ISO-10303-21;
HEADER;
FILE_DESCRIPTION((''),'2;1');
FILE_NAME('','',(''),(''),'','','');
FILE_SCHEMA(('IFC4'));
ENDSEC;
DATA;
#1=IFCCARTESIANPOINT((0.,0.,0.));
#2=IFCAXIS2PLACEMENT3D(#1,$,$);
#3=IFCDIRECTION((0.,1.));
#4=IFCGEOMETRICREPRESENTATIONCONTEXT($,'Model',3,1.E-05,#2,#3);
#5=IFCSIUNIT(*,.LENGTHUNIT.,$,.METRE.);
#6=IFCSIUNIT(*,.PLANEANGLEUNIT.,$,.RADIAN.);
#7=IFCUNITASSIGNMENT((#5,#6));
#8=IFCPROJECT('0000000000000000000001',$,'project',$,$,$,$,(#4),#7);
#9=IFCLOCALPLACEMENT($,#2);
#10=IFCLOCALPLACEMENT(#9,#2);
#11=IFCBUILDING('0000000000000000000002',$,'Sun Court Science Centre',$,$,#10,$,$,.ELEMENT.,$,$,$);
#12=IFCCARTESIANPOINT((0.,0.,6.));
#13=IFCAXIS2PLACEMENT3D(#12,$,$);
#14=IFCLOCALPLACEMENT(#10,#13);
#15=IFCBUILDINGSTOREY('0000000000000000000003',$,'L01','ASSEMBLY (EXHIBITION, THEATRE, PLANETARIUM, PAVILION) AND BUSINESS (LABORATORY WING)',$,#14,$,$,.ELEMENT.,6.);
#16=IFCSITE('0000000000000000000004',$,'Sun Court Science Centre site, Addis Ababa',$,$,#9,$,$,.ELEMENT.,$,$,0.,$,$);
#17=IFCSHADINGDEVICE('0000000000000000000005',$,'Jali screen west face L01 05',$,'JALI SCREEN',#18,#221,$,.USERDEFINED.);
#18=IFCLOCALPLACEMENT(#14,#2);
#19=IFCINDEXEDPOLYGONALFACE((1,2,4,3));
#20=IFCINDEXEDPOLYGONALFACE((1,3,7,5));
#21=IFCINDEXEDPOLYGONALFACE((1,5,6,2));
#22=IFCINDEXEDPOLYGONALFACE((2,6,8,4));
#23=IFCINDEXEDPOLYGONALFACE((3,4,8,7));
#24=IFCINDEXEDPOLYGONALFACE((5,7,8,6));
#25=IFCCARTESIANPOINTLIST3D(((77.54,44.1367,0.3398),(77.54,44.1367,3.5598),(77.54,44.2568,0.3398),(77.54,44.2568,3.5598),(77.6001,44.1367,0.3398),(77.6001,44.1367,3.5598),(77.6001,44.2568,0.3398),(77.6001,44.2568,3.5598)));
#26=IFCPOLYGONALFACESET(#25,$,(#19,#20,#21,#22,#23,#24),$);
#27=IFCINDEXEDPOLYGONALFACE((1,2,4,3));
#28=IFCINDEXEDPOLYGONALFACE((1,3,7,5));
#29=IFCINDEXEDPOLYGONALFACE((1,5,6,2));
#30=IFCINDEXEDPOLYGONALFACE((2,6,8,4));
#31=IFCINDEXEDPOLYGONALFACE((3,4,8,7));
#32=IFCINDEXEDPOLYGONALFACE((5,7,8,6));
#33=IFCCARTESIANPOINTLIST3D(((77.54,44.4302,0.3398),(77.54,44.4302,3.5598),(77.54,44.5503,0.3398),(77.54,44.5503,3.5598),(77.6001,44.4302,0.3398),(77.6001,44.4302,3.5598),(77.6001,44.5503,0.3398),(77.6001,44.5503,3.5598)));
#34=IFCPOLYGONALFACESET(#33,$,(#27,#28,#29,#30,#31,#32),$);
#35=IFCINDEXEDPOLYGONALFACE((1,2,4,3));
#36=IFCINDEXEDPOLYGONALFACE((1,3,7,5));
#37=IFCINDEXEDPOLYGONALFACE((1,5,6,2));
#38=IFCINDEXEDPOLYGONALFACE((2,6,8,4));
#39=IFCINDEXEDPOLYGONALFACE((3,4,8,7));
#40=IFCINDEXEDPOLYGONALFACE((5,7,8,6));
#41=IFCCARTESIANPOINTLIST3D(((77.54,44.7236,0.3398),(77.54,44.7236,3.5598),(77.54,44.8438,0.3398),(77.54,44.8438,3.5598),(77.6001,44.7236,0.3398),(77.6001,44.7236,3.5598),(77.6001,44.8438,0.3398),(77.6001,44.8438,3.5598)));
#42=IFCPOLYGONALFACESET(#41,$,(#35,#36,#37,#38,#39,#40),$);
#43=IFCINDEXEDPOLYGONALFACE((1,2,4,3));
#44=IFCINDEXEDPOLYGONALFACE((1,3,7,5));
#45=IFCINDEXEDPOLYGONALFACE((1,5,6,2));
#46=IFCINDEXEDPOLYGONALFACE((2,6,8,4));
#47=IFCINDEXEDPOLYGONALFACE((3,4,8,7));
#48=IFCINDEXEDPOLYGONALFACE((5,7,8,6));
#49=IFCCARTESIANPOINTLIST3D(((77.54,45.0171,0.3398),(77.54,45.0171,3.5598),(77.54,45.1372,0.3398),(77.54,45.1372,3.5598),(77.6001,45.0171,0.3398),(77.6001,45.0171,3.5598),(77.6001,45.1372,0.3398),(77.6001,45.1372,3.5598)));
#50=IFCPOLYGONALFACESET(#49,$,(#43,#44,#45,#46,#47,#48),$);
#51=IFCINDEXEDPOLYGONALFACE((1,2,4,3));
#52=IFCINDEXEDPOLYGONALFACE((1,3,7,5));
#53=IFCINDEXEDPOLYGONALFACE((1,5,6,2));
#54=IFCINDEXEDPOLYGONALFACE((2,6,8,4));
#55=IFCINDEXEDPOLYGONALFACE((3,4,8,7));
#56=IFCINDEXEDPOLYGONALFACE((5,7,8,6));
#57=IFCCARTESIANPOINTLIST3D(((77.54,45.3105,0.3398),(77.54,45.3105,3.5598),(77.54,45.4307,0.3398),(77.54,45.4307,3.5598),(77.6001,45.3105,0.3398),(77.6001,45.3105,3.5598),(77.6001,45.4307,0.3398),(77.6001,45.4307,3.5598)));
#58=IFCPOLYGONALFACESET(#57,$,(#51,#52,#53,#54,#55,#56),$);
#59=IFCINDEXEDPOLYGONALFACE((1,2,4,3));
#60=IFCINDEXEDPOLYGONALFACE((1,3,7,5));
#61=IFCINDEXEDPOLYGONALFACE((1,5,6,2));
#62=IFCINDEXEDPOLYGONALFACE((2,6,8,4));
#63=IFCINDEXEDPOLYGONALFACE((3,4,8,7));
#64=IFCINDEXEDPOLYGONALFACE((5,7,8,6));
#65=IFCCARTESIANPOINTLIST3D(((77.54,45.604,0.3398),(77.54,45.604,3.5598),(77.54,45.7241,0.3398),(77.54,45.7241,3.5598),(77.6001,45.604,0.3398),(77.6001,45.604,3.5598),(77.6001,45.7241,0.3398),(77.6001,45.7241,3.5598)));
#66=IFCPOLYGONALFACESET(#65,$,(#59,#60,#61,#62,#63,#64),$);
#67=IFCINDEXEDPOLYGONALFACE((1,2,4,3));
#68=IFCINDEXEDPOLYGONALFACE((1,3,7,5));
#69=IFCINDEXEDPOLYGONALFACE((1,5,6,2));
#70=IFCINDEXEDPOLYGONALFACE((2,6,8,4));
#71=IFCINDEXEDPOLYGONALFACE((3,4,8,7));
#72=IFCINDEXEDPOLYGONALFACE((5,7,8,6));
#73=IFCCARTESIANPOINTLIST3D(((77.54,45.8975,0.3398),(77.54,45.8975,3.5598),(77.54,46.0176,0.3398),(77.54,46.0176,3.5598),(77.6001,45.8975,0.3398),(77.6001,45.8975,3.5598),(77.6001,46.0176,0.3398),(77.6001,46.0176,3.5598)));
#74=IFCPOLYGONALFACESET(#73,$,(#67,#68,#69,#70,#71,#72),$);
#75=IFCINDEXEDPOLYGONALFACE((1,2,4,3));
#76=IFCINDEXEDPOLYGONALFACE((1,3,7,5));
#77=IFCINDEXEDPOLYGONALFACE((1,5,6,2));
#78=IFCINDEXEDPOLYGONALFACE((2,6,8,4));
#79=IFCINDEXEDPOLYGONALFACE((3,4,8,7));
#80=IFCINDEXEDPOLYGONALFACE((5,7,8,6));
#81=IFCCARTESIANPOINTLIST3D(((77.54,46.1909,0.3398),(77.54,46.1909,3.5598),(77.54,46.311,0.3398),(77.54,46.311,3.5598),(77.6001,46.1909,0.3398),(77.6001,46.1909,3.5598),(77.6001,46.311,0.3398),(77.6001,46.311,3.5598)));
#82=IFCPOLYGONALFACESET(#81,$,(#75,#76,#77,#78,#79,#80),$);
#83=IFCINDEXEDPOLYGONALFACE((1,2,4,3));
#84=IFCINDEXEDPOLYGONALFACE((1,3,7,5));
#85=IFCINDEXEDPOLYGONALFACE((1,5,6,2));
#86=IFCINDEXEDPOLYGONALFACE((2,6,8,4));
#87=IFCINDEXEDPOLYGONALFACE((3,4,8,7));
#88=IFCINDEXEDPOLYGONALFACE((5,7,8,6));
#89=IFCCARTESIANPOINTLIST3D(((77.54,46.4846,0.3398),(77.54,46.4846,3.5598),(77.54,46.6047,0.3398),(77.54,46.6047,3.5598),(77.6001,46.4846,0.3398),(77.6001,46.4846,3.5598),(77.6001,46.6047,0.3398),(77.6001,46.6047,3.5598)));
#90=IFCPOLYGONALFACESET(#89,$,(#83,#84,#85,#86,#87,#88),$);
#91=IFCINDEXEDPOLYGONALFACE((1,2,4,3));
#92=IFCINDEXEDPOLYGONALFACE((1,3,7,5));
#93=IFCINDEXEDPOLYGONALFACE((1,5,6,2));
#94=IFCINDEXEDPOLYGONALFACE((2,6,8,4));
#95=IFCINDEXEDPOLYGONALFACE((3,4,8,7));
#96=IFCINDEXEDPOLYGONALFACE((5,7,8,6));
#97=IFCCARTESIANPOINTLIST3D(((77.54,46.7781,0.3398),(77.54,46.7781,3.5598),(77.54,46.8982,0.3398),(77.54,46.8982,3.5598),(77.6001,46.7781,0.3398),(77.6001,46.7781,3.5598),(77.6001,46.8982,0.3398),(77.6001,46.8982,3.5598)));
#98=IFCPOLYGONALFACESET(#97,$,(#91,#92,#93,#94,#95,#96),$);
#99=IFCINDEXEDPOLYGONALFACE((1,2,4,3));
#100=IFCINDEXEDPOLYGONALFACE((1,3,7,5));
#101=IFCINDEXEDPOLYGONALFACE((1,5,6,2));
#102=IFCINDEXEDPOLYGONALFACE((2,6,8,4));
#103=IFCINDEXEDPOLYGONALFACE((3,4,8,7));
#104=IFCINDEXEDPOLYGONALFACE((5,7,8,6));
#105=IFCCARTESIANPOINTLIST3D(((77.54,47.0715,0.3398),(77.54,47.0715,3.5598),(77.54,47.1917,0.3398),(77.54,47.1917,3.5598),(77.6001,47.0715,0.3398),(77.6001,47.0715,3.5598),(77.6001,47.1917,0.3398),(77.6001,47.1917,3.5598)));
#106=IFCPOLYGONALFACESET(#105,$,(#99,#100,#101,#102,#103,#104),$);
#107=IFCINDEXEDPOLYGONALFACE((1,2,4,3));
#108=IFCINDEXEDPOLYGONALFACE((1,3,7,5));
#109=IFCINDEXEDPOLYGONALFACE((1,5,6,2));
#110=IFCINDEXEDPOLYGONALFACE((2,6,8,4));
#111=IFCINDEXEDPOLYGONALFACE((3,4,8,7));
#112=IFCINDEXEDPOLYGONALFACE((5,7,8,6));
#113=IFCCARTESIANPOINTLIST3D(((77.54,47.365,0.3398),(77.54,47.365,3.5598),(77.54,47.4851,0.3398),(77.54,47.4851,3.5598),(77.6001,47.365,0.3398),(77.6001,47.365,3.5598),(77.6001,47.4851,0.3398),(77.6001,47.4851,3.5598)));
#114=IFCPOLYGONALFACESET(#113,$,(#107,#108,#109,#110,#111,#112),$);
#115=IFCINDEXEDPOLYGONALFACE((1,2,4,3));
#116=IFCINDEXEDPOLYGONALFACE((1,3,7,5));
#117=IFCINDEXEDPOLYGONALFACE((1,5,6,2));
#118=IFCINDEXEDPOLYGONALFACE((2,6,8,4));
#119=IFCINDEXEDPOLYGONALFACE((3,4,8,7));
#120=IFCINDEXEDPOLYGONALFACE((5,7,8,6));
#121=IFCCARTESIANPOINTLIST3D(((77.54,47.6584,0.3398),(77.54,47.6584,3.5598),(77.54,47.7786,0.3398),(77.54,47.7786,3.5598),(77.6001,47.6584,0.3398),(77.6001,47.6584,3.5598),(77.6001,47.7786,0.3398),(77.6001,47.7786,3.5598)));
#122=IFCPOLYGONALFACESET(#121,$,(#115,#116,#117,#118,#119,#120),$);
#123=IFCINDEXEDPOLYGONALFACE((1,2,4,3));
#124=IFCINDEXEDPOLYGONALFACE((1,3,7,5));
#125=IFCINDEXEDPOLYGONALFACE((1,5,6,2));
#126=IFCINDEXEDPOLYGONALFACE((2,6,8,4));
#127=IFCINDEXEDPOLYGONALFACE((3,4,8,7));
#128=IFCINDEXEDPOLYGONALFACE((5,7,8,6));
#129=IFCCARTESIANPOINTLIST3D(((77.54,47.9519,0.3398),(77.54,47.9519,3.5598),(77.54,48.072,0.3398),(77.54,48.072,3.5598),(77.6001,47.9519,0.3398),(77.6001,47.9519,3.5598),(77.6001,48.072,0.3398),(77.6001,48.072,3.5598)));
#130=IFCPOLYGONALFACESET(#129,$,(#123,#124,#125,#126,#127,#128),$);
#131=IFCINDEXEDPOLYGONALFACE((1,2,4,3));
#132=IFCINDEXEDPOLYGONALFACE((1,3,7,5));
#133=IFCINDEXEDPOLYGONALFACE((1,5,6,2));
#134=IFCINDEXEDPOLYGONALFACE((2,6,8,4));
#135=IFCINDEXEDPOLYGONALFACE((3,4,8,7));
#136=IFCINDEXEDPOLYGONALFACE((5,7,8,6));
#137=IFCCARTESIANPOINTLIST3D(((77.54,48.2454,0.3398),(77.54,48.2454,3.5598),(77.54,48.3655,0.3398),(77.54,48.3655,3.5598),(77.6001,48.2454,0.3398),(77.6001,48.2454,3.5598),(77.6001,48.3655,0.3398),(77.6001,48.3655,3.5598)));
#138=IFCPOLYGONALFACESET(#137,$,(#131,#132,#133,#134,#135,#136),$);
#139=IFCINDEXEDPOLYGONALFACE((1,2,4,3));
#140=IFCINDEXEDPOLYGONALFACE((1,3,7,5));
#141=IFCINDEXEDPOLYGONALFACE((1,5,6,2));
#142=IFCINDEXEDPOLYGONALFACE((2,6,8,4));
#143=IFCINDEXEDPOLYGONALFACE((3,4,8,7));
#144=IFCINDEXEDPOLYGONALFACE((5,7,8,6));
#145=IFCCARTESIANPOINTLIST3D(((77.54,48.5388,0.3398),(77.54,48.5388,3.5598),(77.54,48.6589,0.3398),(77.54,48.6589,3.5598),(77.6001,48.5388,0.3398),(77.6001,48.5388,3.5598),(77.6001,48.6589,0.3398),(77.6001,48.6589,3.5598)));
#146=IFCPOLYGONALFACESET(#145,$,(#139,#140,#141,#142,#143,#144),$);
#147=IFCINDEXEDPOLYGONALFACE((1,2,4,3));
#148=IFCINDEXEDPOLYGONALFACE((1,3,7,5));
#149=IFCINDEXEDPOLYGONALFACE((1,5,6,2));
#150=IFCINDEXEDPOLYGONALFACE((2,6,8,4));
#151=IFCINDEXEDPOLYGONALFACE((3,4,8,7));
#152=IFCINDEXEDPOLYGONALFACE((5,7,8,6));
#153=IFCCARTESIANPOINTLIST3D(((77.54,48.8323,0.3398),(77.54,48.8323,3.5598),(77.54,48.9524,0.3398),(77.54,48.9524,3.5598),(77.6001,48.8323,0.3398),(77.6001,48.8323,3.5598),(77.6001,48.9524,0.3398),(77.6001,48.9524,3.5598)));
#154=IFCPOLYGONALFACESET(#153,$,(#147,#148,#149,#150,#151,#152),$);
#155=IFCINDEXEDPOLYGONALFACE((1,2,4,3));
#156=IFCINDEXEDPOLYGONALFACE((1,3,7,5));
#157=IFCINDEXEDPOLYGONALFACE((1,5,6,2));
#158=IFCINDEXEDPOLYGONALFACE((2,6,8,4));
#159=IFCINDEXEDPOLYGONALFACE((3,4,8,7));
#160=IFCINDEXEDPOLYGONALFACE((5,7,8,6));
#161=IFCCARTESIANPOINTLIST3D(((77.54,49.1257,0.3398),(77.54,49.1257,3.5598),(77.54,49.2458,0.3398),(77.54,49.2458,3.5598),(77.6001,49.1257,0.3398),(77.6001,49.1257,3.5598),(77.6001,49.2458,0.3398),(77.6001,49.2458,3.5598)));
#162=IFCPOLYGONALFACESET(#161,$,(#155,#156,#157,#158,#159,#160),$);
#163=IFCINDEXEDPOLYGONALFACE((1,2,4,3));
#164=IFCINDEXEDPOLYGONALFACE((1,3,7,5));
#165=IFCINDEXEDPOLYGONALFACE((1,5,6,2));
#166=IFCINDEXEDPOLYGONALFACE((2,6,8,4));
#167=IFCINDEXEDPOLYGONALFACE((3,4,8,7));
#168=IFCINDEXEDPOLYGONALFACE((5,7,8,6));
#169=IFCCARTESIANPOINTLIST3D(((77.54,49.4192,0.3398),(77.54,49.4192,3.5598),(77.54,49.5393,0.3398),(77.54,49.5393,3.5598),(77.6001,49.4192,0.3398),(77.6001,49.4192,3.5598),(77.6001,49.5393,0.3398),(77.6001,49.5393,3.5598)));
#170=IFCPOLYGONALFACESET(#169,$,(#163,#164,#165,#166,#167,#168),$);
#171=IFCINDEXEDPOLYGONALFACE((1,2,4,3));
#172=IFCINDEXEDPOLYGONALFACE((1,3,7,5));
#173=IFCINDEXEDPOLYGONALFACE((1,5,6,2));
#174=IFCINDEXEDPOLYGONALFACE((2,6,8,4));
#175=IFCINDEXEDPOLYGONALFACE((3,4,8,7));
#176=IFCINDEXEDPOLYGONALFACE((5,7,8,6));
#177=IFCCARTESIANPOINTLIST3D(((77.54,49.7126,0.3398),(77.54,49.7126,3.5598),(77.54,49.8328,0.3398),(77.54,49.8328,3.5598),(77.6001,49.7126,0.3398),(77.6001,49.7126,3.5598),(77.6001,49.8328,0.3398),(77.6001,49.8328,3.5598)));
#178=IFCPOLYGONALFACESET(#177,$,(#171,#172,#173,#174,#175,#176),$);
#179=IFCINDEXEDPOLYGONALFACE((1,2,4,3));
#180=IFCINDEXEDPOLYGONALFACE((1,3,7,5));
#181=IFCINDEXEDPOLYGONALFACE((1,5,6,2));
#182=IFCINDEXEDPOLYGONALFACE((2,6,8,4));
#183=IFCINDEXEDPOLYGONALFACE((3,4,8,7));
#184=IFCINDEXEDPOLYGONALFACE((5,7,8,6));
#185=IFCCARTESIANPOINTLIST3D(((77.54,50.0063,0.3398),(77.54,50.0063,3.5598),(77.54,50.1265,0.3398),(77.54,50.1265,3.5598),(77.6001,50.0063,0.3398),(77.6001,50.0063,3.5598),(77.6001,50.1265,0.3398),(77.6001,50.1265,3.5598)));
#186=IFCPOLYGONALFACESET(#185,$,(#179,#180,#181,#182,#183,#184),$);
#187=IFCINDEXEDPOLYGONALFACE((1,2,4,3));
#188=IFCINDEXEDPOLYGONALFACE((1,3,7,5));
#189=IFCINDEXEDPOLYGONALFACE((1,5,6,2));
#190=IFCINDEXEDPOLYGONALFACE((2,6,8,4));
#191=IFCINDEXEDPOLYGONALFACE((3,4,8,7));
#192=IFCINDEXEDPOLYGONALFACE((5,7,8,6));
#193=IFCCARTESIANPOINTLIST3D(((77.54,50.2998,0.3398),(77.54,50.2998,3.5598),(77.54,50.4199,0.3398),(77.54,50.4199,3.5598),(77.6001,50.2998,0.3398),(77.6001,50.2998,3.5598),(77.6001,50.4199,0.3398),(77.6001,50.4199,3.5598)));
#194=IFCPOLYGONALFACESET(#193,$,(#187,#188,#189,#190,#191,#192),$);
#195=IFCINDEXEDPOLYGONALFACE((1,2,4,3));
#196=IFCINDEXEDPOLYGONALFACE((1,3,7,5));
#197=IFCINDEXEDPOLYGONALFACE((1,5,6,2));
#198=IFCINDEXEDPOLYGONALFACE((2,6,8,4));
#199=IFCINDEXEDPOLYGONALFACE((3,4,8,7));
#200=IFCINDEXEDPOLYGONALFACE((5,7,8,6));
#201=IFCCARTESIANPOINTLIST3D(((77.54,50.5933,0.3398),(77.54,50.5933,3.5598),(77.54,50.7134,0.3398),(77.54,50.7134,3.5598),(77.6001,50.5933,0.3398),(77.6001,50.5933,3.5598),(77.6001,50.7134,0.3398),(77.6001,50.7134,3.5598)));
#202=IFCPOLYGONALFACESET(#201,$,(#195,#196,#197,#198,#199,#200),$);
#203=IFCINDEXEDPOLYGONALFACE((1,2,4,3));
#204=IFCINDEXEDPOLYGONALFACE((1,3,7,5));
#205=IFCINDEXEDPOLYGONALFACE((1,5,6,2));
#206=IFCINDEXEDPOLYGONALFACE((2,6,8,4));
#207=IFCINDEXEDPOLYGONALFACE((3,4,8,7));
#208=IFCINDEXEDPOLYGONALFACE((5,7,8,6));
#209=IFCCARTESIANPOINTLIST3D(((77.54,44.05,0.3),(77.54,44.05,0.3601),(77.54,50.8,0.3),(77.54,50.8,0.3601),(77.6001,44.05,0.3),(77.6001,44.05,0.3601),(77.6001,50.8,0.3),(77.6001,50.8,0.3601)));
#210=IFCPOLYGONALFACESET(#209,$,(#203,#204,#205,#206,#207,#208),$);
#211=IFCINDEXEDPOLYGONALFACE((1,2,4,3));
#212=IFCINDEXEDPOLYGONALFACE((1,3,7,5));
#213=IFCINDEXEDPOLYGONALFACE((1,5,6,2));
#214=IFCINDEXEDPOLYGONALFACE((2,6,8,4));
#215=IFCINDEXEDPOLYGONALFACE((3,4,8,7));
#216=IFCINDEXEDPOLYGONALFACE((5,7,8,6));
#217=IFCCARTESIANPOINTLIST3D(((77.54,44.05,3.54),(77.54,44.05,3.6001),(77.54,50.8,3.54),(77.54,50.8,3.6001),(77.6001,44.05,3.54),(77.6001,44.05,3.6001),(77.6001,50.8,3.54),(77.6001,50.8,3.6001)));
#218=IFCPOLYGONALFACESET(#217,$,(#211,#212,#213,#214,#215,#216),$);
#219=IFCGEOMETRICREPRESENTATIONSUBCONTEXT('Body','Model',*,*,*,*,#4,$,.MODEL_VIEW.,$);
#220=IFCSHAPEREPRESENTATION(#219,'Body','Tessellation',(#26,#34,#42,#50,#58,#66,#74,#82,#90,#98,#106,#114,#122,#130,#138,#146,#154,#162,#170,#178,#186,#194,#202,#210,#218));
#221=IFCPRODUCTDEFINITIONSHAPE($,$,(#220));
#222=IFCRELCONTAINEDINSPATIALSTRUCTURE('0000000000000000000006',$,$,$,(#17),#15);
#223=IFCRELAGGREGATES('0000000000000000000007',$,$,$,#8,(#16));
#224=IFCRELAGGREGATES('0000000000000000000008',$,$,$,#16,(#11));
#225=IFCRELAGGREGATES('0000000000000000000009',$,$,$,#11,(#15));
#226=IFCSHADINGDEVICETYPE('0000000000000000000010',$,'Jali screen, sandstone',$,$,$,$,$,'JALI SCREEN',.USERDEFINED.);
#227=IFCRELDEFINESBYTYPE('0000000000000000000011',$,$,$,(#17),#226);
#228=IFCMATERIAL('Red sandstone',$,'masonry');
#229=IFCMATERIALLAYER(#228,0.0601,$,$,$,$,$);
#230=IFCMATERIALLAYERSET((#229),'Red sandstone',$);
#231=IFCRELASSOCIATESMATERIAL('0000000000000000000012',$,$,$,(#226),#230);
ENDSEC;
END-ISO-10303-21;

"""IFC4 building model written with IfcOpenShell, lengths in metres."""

from ifc_helpers import new_model, si_unit, direction, frame, origin, origin_2d, place, context, subcontext, project, spatial, rectangle, extrude, material, layer, layer_set, type_object, element, save


model = new_model("IFC4")

# Units and contexts
model_context = context("Model", 3, precision=1e-05, world=origin(), true_north=direction((0.0, 1.0)))
body_context = subcontext(model_context, "Body", "Model", "MODEL_VIEW")
ifc_project = project(units=[si_unit("LENGTHUNIT", "METRE"), si_unit("PLANEANGLEUNIT", "RADIAN")], contexts=[model_context])

# Site, building, storey
site_placement = place(None, origin())
site = spatial("IfcSite", under=ifc_project, at=site_placement, Name="Sun Court Science Centre site, Addis Ababa", CompositionType="ELEMENT", RefElevation=0.0)
building_placement = place(site_placement, origin())
building = spatial("IfcBuilding", under=site, at=building_placement, Name="Sun Court Science Centre", CompositionType="ELEMENT")
storey_placement = place(building_placement, frame((0.0, 0.0, 6.0)))
storey = spatial("IfcBuildingStorey", under=building, at=storey_placement, Name="L01", Description="ASSEMBLY (EXHIBITION, THEATRE, PLANETARIUM, PAVILION) AND BUSINESS (LABORATORY WING)", CompositionType="ELEMENT", Elevation=6.0)

# Shading device
ifc_material_1 = material(Name="Red sandstone", Category="masonry")
ifc_layer_1 = layer(ifc_material_1, 0.0601)
ifc_layer_set_1 = layer_set([ifc_layer_1], Name="Red sandstone")
shading_device_type = type_object("IfcShadingDeviceType", Name="Jali screen, sandstone", ElementType="JALI SCREEN", PredefinedType="USERDEFINED", material=ifc_layer_set_1)
shading_device_1_placement = place(storey_placement, frame((0.0, 0.0, -6.0)))
element("IfcShadingDevice", 1, at=shading_device_1_placement, inside=storey, type_object=shading_device_type, Name="Jali screen west face L01 05", ObjectType="JALI SCREEN", PredefinedType="USERDEFINED", context=body_context, shape_type="SweptSolid", body=[
    extrude(rectangle(XDim=0.1201, YDim=0.0601, at=origin_2d()), frame((77.5701, 44.1968, 6.3398), z_axis=(0.0, 0.0, 1.0), x_axis=(0.0, 1.0, 0.0)), (0.0, 0.0, 1.0), 3.22),
    extrude(rectangle(XDim=0.1201, YDim=0.0601, at=origin_2d()), frame((77.5701, 44.4902, 6.3398), z_axis=(0.0, 0.0, 1.0), x_axis=(0.0, 1.0, 0.0)), (0.0, 0.0, 1.0), 3.22),
    extrude(rectangle(XDim=0.1201, YDim=0.0601, at=origin_2d()), frame((77.5701, 44.7837, 6.3398), z_axis=(0.0, 0.0, 1.0), x_axis=(0.0, 1.0, 0.0)), (0.0, 0.0, 1.0), 3.22),
    extrude(rectangle(XDim=0.1201, YDim=0.0601, at=origin_2d()), frame((77.5701, 45.0771, 6.3398), z_axis=(0.0, 0.0, 1.0), x_axis=(0.0, 1.0, 0.0)), (0.0, 0.0, 1.0), 3.22),
    extrude(rectangle(XDim=0.1201, YDim=0.0601, at=origin_2d()), frame((77.5701, 45.3706, 6.3398), z_axis=(0.0, 0.0, 1.0), x_axis=(0.0, 1.0, 0.0)), (0.0, 0.0, 1.0), 3.22),
    extrude(rectangle(XDim=0.1201, YDim=0.0601, at=origin_2d()), frame((77.5701, 45.6641, 6.3398), z_axis=(0.0, 0.0, 1.0), x_axis=(0.0, 1.0, 0.0)), (0.0, 0.0, 1.0), 3.22),
    extrude(rectangle(XDim=0.1201, YDim=0.0601, at=origin_2d()), frame((77.5701, 45.9575, 6.3398), z_axis=(0.0, 0.0, 1.0), x_axis=(0.0, 1.0, 0.0)), (0.0, 0.0, 1.0), 3.22),
    extrude(rectangle(XDim=0.1201, YDim=0.0601, at=origin_2d()), frame((77.5701, 46.251, 6.3398), z_axis=(0.0, 0.0, 1.0), x_axis=(0.0, 1.0, 0.0)), (0.0, 0.0, 1.0), 3.22),
    extrude(rectangle(XDim=0.1201, YDim=0.0601, at=origin_2d()), frame((77.5701, 46.5447, 6.3398), z_axis=(0.0, 0.0, 1.0), x_axis=(0.0, 1.0, 0.0)), (0.0, 0.0, 1.0), 3.22),
    extrude(rectangle(XDim=0.1201, YDim=0.0601, at=origin_2d()), frame((77.5701, 46.8381, 6.3398), z_axis=(0.0, 0.0, 1.0), x_axis=(0.0, 1.0, 0.0)), (0.0, 0.0, 1.0), 3.22),
    extrude(rectangle(XDim=0.1201, YDim=0.0601, at=origin_2d()), frame((77.5701, 47.1316, 6.3398), z_axis=(0.0, 0.0, 1.0), x_axis=(0.0, 1.0, 0.0)), (0.0, 0.0, 1.0), 3.22),
    extrude(rectangle(XDim=0.1201, YDim=0.0601, at=origin_2d()), frame((77.5701, 47.425, 6.3398), z_axis=(0.0, 0.0, 1.0), x_axis=(0.0, 1.0, 0.0)), (0.0, 0.0, 1.0), 3.22),
    extrude(rectangle(XDim=0.1201, YDim=0.0601, at=origin_2d()), frame((77.5701, 47.7185, 6.3398), z_axis=(0.0, 0.0, 1.0), x_axis=(0.0, 1.0, 0.0)), (0.0, 0.0, 1.0), 3.22),
    extrude(rectangle(XDim=0.1201, YDim=0.0601, at=origin_2d()), frame((77.5701, 48.012, 6.3398), z_axis=(0.0, 0.0, 1.0), x_axis=(0.0, 1.0, 0.0)), (0.0, 0.0, 1.0), 3.22),
    extrude(rectangle(XDim=0.1201, YDim=0.0601, at=origin_2d()), frame((77.5701, 48.3054, 6.3398), z_axis=(0.0, 0.0, 1.0), x_axis=(0.0, 1.0, 0.0)), (0.0, 0.0, 1.0), 3.22),
    extrude(rectangle(XDim=0.1201, YDim=0.0601, at=origin_2d()), frame((77.5701, 48.5989, 6.3398), z_axis=(0.0, 0.0, 1.0), x_axis=(0.0, 1.0, 0.0)), (0.0, 0.0, 1.0), 3.22),
    extrude(rectangle(XDim=0.1201, YDim=0.0601, at=origin_2d()), frame((77.5701, 48.8923, 6.3398), z_axis=(0.0, 0.0, 1.0), x_axis=(0.0, 1.0, 0.0)), (0.0, 0.0, 1.0), 3.22),
    extrude(rectangle(XDim=0.1201, YDim=0.0601, at=origin_2d()), frame((77.5701, 49.1858, 6.3398), z_axis=(0.0, 0.0, 1.0), x_axis=(0.0, 1.0, 0.0)), (0.0, 0.0, 1.0), 3.22),
    extrude(rectangle(XDim=0.1201, YDim=0.0601, at=origin_2d()), frame((77.5701, 49.4792, 6.3398), z_axis=(0.0, 0.0, 1.0), x_axis=(0.0, 1.0, 0.0)), (0.0, 0.0, 1.0), 3.22),
    extrude(rectangle(XDim=0.1201, YDim=0.0601, at=origin_2d()), frame((77.5701, 49.7727, 6.3398), z_axis=(0.0, 0.0, 1.0), x_axis=(0.0, 1.0, 0.0)), (0.0, 0.0, 1.0), 3.22),
    extrude(rectangle(XDim=0.1201, YDim=0.0601, at=origin_2d()), frame((77.5701, 50.0664, 6.3398), z_axis=(0.0, 0.0, 1.0), x_axis=(0.0, 1.0, 0.0)), (0.0, 0.0, 1.0), 3.22),
    extrude(rectangle(XDim=0.1201, YDim=0.0601, at=origin_2d()), frame((77.5701, 50.3599, 6.3398), z_axis=(0.0, 0.0, 1.0), x_axis=(0.0, 1.0, 0.0)), (0.0, 0.0, 1.0), 3.22),
    extrude(rectangle(XDim=0.1201, YDim=0.0601, at=origin_2d()), frame((77.5701, 50.6533, 6.3398), z_axis=(0.0, 0.0, 1.0), x_axis=(0.0, 1.0, 0.0)), (0.0, 0.0, 1.0), 3.22),
    extrude(rectangle(XDim=6.75, YDim=0.0601, at=origin_2d()), frame((77.5701, 47.425, 6.3), z_axis=(0.0, 0.0, 1.0), x_axis=(0.0, 1.0, 0.0)), (0.0, 0.0, 1.0), 0.0601),
    extrude(rectangle(XDim=6.75, YDim=0.0601, at=origin_2d()), frame((77.5701, 47.425, 9.54), z_axis=(0.0, 0.0, 1.0), x_axis=(0.0, 1.0, 0.0)), (0.0, 0.0, 1.0), 0.0601),
])

save(model, "model.ifc")
